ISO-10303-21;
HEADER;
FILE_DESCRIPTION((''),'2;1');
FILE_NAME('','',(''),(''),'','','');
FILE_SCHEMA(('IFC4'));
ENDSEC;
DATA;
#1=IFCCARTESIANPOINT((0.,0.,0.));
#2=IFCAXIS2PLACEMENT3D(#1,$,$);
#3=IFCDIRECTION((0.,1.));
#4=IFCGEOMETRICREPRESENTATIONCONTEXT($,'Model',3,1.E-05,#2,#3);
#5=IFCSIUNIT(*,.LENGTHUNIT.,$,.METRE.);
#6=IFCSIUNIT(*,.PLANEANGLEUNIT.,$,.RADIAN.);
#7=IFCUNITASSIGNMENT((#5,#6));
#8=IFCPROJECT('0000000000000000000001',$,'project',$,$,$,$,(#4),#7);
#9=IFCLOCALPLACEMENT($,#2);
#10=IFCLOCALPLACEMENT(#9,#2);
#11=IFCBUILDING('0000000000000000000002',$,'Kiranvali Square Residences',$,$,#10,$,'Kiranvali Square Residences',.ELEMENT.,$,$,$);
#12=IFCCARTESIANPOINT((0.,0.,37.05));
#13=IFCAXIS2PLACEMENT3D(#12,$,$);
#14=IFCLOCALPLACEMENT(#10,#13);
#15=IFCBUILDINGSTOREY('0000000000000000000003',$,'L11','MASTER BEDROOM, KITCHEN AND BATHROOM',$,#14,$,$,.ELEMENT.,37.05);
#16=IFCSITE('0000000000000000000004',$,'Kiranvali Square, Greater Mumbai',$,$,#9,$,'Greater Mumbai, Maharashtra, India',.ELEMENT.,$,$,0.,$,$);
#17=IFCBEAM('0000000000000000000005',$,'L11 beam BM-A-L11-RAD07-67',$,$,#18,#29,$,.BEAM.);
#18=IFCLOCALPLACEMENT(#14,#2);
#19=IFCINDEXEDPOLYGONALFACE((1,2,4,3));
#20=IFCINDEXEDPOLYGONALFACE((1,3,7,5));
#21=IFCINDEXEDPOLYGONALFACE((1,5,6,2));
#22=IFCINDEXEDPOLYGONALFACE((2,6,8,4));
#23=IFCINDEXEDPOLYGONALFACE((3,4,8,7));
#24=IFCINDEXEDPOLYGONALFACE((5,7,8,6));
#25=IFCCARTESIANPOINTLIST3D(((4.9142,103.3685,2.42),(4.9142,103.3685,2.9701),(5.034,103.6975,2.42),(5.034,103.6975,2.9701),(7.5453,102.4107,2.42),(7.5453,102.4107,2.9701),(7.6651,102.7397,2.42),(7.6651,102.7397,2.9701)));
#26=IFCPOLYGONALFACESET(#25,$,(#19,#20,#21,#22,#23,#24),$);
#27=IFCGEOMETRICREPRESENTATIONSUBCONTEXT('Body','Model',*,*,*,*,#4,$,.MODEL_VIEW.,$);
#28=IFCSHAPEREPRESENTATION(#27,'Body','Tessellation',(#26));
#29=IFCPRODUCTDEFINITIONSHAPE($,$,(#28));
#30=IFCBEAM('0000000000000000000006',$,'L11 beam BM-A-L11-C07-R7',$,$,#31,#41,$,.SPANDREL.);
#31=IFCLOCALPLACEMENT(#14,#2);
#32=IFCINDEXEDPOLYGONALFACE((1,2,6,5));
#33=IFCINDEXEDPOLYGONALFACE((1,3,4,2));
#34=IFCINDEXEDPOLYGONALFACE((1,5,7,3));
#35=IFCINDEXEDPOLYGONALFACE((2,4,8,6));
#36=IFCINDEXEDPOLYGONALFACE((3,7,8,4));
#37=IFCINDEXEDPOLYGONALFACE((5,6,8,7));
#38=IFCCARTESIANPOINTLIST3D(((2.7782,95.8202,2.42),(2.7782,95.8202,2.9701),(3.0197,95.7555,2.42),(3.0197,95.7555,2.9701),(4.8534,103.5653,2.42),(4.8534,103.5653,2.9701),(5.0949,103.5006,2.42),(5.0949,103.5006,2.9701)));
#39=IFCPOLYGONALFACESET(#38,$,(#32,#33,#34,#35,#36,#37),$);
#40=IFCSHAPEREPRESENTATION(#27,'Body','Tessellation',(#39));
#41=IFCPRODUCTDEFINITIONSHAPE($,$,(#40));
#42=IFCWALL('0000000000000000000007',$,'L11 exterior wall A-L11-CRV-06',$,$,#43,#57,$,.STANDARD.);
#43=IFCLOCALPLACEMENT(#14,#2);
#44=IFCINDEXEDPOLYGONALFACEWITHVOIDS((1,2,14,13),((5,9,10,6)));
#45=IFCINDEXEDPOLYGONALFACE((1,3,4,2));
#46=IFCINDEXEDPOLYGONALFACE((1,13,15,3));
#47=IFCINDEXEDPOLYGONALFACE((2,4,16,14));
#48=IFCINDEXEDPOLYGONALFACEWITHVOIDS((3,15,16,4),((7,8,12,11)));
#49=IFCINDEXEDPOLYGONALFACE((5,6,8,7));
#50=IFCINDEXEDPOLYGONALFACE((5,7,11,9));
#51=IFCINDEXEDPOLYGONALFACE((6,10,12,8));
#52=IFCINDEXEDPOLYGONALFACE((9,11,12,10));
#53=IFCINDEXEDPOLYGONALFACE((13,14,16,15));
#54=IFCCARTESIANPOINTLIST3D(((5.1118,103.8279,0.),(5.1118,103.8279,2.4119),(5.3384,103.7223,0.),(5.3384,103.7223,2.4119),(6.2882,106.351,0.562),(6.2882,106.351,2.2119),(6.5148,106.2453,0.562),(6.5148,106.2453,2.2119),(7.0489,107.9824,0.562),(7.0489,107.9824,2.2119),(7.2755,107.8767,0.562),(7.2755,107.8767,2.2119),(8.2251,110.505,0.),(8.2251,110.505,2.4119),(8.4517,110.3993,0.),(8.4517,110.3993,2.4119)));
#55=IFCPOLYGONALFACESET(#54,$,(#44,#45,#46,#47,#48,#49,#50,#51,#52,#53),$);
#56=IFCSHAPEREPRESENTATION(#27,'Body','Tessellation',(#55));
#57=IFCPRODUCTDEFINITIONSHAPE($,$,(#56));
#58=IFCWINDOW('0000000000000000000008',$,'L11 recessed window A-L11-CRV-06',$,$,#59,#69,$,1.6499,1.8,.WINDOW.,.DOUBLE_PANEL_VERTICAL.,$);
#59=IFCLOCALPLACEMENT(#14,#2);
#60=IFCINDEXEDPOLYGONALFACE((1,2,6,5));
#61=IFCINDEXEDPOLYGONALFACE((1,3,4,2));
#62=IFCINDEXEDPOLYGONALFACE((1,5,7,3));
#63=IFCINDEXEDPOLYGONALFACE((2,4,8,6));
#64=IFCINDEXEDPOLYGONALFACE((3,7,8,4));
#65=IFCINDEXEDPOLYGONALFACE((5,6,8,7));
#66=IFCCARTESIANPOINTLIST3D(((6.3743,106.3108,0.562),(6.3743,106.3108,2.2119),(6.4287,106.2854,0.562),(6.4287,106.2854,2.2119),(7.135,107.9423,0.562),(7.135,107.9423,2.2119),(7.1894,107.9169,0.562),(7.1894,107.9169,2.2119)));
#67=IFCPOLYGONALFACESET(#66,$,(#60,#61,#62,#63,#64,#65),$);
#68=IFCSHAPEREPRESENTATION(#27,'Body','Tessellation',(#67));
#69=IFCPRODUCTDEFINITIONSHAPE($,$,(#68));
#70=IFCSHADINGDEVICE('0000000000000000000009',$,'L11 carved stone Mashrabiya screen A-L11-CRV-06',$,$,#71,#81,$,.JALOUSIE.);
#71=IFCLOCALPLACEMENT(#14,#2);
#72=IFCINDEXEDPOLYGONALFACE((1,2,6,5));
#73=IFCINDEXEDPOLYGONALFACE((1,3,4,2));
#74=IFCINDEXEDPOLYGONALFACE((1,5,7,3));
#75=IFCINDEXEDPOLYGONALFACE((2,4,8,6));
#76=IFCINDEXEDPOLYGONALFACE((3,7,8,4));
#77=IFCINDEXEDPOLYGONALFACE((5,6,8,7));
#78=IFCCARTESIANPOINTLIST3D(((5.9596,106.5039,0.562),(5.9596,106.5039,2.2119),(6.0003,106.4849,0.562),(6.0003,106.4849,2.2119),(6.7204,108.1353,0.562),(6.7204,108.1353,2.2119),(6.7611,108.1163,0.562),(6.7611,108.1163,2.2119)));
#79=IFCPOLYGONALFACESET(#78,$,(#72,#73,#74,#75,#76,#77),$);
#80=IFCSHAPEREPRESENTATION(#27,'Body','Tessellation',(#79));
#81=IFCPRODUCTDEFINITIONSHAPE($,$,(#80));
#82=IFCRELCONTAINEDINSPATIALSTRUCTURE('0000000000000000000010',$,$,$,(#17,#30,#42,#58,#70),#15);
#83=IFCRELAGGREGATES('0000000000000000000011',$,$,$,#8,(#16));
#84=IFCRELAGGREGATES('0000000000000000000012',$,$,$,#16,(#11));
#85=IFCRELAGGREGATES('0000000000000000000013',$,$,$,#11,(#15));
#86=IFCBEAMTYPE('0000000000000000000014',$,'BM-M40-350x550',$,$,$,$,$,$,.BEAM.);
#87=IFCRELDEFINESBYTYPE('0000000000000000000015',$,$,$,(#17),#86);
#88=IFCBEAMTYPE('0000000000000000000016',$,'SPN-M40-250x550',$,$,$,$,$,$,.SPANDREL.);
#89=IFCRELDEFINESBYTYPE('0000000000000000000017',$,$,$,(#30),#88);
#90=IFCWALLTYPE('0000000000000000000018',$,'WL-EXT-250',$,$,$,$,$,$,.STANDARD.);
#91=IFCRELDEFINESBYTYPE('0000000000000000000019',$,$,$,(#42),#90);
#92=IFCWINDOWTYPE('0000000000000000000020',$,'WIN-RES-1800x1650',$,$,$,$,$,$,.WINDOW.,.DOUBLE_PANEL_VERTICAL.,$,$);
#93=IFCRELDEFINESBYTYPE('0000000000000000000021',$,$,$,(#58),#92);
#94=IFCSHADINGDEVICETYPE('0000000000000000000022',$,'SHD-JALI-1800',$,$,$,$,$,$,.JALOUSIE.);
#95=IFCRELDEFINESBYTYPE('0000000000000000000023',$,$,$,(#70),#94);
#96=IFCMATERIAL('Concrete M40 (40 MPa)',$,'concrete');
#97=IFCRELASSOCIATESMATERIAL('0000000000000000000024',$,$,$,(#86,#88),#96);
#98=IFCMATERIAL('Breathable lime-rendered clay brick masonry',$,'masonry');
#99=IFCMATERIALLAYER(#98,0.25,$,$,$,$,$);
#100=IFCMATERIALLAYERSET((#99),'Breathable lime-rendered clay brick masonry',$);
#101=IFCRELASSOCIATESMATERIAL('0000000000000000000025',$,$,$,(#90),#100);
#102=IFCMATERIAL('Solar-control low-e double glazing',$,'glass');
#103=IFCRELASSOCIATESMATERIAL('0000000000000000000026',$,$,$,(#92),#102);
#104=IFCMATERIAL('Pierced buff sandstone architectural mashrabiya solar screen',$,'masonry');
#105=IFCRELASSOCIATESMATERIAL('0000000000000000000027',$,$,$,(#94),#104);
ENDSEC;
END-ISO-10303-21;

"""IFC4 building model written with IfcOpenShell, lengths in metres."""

from ifc_helpers import new_model, si_unit, direction, frame, frame_2d, origin, origin_2d, place, context, subcontext, project, spatial, rectangle, extrude, material, layer, layer_set, material_profile, profile_set, type_object, element, fill, save


model = new_model("IFC4")

# Units and contexts
model_context = context("Model", 3, precision=1e-05, world=origin(), true_north=direction((0.0, 1.0)))
body_context = subcontext(model_context, "Body", "Model", "MODEL_VIEW")
ifc_project = project(units=[si_unit("LENGTHUNIT", "METRE"), si_unit("PLANEANGLEUNIT", "RADIAN")], contexts=[model_context])

# Site, building, storey
site_placement = place(None, origin())
site = spatial("IfcSite", under=ifc_project, at=site_placement, Name="Kiranvali Square, Greater Mumbai", LongName="Greater Mumbai, Maharashtra, India", CompositionType="ELEMENT", RefElevation=0.0)
building_placement = place(site_placement, origin())
building = spatial("IfcBuilding", under=site, at=building_placement, Name="Kiranvali Square Residences", LongName="Kiranvali Square Residences", CompositionType="ELEMENT")
storey_placement = place(building_placement, frame((0.0, 0.0, 37.05)))
storey = spatial("IfcBuildingStorey", under=building, at=storey_placement, Name="L11", Description="MASTER BEDROOM, KITCHEN AND BATHROOM", CompositionType="ELEMENT", Elevation=37.05)

# Shared definitions
ifc_material_1 = material(Name="Concrete M40 (40 MPa)", Category="concrete")

# Beams
ifc_material_profile_1 = material_profile(ifc_material_1, rectangle(XDim=0.3501, YDim=0.55, at=origin_2d()), Name="RC 350x550")
ifc_profile_set_1 = profile_set([ifc_material_profile_1], Name="Concrete M40 (40 MPa)")
beam_type_1 = type_object("IfcBeamType", Name="BM-M40-350x550", PredefinedType="BEAM", material=ifc_profile_set_1)
beam_1_placement = place(storey_placement, frame((7.6052, 102.5752, 2.6951), z_axis=(-0.939679, 0.342058, 0.0), x_axis=(-0.342058, -0.939679, 0.0)))
element("IfcBeam", 1, at=beam_1_placement, inside=storey, type_object=beam_type_1, Name="L11 beam BM-A-L11-RAD07-67", PredefinedType="BEAM", context=body_context, shape_type="SweptSolid", body=[
    extrude(rectangle(XDim=0.3501, YDim=0.55, at=origin_2d()), origin(), (0.0, 0.0, 1.0), 2.8),
])
ifc_material_profile_2 = material_profile(ifc_material_1, rectangle(XDim=0.25, YDim=0.55, at=origin_2d()), Name="RC 250x550")
ifc_profile_set_2 = profile_set([ifc_material_profile_2], Name="Concrete M40 (40 MPa)")
beam_type_2 = type_object("IfcBeamType", Name="SPN-M40-250x550", PredefinedType="SPANDREL", material=ifc_profile_set_2)
beam_2_placement = place(storey_placement, frame((4.9741, 103.533, 2.6951), z_axis=(-0.258807, -0.965929, 0.0), x_axis=(0.965929, -0.258807, 0.0)))
element("IfcBeam", 2, at=beam_2_placement, inside=storey, type_object=beam_type_2, Name="L11 beam BM-A-L11-C07-R7", PredefinedType="SPANDREL", context=body_context, shape_type="SweptSolid", body=[
    extrude(rectangle(XDim=0.25, YDim=0.55, at=origin_2d()), origin(), (0.0, 0.0, 1.0), 8.0183),
])

# Wall, opening, window
ifc_material_2 = material(Name="Breathable lime-rendered clay brick masonry", Category="masonry")
ifc_layer = layer(ifc_material_2, 0.25)
ifc_layer_set = layer_set([ifc_layer], Name="Breathable lime-rendered clay brick masonry")
wall_type = type_object("IfcWallType", Name="WL-EXT-250", PredefinedType="STANDARD", material=ifc_layer_set)
wall_1_placement = place(storey_placement, frame((8.3384, 110.4521, 0.0), z_axis=(0.0, 0.0, 1.0), x_axis=(-0.42259, -0.906321, 0.0)))
wall_1 = element("IfcWall", 3, at=wall_1_placement, inside=storey, type_object=wall_type, Name="L11 exterior wall A-L11-CRV-06", PredefinedType="STANDARD", context=body_context, shape_type="SweptSolid", body=[
    extrude(rectangle(XDim=7.3672, YDim=0.25, at=frame_2d((3.6836, 0.0))), origin(), (0.0, 0.0, 1.0), 2.4119),
])
opening_1_placement = place(wall_1_placement, frame((2.7834, 0.0, 0.562)))
opening_1 = element("IfcOpeningElement", 4, at=opening_1_placement, cuts=wall_1, PredefinedType="OPENING", context=body_context, shape_type="SweptSolid", body=[
    extrude(rectangle(XDim=1.8, YDim=1.6499, at=frame_2d((0.8999, 0.825))), frame((0.0, 0.135, 0.0), z_axis=(0.0, -1.0, 0.0), x_axis=(1.0, 0.0, 0.0)), (0.0, 0.0, 1.0), 0.27),
])
ifc_material_3 = material(Name="Solar-control low-e double glazing", Category="glass")
window_type_1 = type_object("IfcWindowType", Name="WIN-RES-1800x1650", PartitioningType="DOUBLE_PANEL_VERTICAL", PredefinedType="WINDOW", material=ifc_material_3)
window_1_placement = place(opening_1_placement, origin())
window_1 = element("IfcWindow", 5, at=window_1_placement, inside=storey, type_object=window_type_1, Name="L11 recessed window A-L11-CRV-06", OverallHeight=1.6499, OverallWidth=1.8, PartitioningType="DOUBLE_PANEL_VERTICAL", PredefinedType="WINDOW", context=body_context, shape_type="SweptSolid", body=[
    extrude(rectangle(XDim=1.8, YDim=1.6499, at=frame_2d((0.8999, 0.825))), frame((0.0, 0.03, 0.0), z_axis=(0.0, -1.0, 0.0), x_axis=(1.0, 0.0, 0.0)), (0.0, 0.0, 1.0), 0.0601),
])
fill(opening_1, window_1)

# Shading device
ifc_material_4 = material(Name="Pierced buff sandstone architectural mashrabiya solar screen", Category="masonry")
shading_device_type = type_object("IfcShadingDeviceType", Name="SHD-JALI-1800", PredefinedType="JALOUSIE", material=ifc_material_4)
shading_device_placement = place(storey_placement, frame((6.3604, 107.3101, 0.562), z_axis=(0.0, 0.0, 1.0), x_axis=(-0.422618, -0.906308, 0.0)))
element("IfcShadingDevice", 6, at=shading_device_placement, inside=storey, type_object=shading_device_type, Name="L11 carved stone Mashrabiya screen A-L11-CRV-06", PredefinedType="JALOUSIE", context=body_context, shape_type="SweptSolid", body=[
    extrude(rectangle(XDim=1.8, YDim=0.0449, at=origin_2d()), origin(), (0.0, 0.0, 1.0), 1.6499),
])

save(model, "model.ifc")
